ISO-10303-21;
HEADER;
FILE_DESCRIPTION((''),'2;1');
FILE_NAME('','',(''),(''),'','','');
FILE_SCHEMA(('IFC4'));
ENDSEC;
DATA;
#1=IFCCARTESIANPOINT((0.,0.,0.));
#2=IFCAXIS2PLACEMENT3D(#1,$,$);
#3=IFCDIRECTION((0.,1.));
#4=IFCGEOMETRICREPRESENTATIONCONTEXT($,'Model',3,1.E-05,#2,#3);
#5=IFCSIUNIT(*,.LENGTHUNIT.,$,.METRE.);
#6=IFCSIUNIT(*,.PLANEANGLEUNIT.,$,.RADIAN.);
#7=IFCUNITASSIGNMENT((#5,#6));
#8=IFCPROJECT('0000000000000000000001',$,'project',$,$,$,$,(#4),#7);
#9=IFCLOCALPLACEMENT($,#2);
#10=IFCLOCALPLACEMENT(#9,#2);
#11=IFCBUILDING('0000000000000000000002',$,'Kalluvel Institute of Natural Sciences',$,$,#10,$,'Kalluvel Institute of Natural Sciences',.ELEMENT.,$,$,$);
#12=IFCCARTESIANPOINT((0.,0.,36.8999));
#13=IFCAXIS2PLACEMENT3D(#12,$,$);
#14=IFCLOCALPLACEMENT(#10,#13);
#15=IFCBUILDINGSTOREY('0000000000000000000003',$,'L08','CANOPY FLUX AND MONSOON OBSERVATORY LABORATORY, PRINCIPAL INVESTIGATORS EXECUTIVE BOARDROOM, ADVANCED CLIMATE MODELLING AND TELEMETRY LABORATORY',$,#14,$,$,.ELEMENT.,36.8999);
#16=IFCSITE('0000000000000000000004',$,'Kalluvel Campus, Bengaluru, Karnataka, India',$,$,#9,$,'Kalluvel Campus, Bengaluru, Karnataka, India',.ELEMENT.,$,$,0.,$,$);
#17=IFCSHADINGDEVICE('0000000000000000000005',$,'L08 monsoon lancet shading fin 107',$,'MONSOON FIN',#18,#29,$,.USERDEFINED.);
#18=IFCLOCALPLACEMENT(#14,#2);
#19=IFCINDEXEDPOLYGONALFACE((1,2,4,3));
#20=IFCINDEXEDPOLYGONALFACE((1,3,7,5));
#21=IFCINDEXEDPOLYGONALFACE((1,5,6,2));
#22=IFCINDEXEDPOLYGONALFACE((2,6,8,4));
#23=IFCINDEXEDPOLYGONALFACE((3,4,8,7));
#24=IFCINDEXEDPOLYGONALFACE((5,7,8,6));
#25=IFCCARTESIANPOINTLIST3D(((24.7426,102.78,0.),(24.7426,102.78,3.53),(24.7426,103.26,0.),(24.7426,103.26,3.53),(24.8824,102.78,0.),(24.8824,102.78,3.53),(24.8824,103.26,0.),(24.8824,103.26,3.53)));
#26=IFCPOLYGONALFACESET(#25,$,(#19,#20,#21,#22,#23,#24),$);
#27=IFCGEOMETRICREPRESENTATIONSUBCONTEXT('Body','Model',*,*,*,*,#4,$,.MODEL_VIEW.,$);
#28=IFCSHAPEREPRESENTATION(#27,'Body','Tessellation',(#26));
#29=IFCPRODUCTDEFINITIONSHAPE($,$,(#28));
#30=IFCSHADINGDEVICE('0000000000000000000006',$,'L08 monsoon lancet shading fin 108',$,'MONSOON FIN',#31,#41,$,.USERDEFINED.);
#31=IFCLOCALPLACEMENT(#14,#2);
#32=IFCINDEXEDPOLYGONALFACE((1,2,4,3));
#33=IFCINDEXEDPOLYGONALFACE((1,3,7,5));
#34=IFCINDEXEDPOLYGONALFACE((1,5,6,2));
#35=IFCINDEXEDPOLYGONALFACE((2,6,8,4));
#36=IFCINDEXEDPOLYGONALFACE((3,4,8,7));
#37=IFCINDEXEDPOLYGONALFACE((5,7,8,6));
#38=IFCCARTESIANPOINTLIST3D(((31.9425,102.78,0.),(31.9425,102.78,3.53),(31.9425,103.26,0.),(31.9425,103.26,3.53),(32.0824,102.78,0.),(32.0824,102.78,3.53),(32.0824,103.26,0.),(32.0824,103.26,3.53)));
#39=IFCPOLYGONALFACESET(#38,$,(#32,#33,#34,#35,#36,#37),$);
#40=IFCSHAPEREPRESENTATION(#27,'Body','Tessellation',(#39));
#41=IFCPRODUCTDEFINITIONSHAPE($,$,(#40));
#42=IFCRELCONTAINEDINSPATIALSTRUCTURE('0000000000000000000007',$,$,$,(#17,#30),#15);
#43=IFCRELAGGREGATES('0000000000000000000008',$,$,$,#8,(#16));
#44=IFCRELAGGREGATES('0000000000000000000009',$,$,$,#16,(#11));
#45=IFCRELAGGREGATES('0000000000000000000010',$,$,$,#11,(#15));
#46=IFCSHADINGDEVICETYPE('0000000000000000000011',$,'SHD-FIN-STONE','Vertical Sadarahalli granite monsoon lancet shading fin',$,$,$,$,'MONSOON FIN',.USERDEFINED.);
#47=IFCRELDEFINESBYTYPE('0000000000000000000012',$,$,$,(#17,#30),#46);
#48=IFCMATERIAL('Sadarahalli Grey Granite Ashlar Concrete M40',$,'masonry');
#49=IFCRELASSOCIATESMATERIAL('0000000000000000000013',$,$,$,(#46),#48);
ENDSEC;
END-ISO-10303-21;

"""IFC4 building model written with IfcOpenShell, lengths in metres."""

from ifc_helpers import new_model, si_unit, direction, frame, origin, origin_2d, place, context, subcontext, project, spatial, rectangle, extrude, material, type_object, element, save


model = new_model("IFC4")

# Units and contexts
model_context = context("Model", 3, precision=1e-05, world=origin(), true_north=direction((0.0, 1.0)))
body_context = subcontext(model_context, "Body", "Model", "MODEL_VIEW")
ifc_project = project(units=[si_unit("LENGTHUNIT", "METRE"), si_unit("PLANEANGLEUNIT", "RADIAN")], contexts=[model_context])

# Site, building, storey
site_placement = place(None, origin())
site = spatial("IfcSite", under=ifc_project, at=site_placement, Name="Kalluvel Campus, Bengaluru, Karnataka, India", LongName="Kalluvel Campus, Bengaluru, Karnataka, India", CompositionType="ELEMENT", RefElevation=0.0)
building_placement = place(site_placement, origin())
building = spatial("IfcBuilding", under=site, at=building_placement, Name="Kalluvel Institute of Natural Sciences", LongName="Kalluvel Institute of Natural Sciences", CompositionType="ELEMENT")
storey_placement = place(building_placement, frame((0.0, 0.0, 36.8999)))
storey = spatial("IfcBuildingStorey", under=building, at=storey_placement, Name="L08", Description="CANOPY FLUX AND MONSOON OBSERVATORY LABORATORY, PRINCIPAL INVESTIGATORS EXECUTIVE BOARDROOM, ADVANCED CLIMATE MODELLING AND TELEMETRY LABORATORY", CompositionType="ELEMENT", Elevation=36.8999)

# Shared definitions
ifc_material_1 = material(Name="Sadarahalli Grey Granite Ashlar Concrete M40", Category="masonry")

# Shading devices
shading_device_type = type_object("IfcShadingDeviceType", Name="SHD-FIN-STONE", Description="Vertical Sadarahalli granite monsoon lancet shading fin", ElementType="MONSOON FIN", PredefinedType="USERDEFINED", material=ifc_material_1)
for number, where, z_axis, x_axis, name in (
    (1, (24.8125, 103.02, 0.0), (0.0, 0.0, 1.0), (1.0, 0.0, 0.0), "L08 monsoon lancet shading fin 107"),
    (2, (32.0125, 103.02, 0.0), (0.0, 0.0, 1.0), (1.0, 0.0, 0.0), "L08 monsoon lancet shading fin 108"),
):
    element("IfcShadingDevice", number, at=place(storey_placement, frame(where, z_axis=z_axis, x_axis=x_axis)), inside=storey, type_object=shading_device_type, Name=name, ObjectType="MONSOON FIN", PredefinedType="USERDEFINED", context=body_context, shape_type="SweptSolid", body=[
        extrude(rectangle(XDim=0.1399, YDim=0.48, at=origin_2d()), origin(), (0.0, 0.0, 1.0), 3.53),
    ])

save(model, "model.ifc")
